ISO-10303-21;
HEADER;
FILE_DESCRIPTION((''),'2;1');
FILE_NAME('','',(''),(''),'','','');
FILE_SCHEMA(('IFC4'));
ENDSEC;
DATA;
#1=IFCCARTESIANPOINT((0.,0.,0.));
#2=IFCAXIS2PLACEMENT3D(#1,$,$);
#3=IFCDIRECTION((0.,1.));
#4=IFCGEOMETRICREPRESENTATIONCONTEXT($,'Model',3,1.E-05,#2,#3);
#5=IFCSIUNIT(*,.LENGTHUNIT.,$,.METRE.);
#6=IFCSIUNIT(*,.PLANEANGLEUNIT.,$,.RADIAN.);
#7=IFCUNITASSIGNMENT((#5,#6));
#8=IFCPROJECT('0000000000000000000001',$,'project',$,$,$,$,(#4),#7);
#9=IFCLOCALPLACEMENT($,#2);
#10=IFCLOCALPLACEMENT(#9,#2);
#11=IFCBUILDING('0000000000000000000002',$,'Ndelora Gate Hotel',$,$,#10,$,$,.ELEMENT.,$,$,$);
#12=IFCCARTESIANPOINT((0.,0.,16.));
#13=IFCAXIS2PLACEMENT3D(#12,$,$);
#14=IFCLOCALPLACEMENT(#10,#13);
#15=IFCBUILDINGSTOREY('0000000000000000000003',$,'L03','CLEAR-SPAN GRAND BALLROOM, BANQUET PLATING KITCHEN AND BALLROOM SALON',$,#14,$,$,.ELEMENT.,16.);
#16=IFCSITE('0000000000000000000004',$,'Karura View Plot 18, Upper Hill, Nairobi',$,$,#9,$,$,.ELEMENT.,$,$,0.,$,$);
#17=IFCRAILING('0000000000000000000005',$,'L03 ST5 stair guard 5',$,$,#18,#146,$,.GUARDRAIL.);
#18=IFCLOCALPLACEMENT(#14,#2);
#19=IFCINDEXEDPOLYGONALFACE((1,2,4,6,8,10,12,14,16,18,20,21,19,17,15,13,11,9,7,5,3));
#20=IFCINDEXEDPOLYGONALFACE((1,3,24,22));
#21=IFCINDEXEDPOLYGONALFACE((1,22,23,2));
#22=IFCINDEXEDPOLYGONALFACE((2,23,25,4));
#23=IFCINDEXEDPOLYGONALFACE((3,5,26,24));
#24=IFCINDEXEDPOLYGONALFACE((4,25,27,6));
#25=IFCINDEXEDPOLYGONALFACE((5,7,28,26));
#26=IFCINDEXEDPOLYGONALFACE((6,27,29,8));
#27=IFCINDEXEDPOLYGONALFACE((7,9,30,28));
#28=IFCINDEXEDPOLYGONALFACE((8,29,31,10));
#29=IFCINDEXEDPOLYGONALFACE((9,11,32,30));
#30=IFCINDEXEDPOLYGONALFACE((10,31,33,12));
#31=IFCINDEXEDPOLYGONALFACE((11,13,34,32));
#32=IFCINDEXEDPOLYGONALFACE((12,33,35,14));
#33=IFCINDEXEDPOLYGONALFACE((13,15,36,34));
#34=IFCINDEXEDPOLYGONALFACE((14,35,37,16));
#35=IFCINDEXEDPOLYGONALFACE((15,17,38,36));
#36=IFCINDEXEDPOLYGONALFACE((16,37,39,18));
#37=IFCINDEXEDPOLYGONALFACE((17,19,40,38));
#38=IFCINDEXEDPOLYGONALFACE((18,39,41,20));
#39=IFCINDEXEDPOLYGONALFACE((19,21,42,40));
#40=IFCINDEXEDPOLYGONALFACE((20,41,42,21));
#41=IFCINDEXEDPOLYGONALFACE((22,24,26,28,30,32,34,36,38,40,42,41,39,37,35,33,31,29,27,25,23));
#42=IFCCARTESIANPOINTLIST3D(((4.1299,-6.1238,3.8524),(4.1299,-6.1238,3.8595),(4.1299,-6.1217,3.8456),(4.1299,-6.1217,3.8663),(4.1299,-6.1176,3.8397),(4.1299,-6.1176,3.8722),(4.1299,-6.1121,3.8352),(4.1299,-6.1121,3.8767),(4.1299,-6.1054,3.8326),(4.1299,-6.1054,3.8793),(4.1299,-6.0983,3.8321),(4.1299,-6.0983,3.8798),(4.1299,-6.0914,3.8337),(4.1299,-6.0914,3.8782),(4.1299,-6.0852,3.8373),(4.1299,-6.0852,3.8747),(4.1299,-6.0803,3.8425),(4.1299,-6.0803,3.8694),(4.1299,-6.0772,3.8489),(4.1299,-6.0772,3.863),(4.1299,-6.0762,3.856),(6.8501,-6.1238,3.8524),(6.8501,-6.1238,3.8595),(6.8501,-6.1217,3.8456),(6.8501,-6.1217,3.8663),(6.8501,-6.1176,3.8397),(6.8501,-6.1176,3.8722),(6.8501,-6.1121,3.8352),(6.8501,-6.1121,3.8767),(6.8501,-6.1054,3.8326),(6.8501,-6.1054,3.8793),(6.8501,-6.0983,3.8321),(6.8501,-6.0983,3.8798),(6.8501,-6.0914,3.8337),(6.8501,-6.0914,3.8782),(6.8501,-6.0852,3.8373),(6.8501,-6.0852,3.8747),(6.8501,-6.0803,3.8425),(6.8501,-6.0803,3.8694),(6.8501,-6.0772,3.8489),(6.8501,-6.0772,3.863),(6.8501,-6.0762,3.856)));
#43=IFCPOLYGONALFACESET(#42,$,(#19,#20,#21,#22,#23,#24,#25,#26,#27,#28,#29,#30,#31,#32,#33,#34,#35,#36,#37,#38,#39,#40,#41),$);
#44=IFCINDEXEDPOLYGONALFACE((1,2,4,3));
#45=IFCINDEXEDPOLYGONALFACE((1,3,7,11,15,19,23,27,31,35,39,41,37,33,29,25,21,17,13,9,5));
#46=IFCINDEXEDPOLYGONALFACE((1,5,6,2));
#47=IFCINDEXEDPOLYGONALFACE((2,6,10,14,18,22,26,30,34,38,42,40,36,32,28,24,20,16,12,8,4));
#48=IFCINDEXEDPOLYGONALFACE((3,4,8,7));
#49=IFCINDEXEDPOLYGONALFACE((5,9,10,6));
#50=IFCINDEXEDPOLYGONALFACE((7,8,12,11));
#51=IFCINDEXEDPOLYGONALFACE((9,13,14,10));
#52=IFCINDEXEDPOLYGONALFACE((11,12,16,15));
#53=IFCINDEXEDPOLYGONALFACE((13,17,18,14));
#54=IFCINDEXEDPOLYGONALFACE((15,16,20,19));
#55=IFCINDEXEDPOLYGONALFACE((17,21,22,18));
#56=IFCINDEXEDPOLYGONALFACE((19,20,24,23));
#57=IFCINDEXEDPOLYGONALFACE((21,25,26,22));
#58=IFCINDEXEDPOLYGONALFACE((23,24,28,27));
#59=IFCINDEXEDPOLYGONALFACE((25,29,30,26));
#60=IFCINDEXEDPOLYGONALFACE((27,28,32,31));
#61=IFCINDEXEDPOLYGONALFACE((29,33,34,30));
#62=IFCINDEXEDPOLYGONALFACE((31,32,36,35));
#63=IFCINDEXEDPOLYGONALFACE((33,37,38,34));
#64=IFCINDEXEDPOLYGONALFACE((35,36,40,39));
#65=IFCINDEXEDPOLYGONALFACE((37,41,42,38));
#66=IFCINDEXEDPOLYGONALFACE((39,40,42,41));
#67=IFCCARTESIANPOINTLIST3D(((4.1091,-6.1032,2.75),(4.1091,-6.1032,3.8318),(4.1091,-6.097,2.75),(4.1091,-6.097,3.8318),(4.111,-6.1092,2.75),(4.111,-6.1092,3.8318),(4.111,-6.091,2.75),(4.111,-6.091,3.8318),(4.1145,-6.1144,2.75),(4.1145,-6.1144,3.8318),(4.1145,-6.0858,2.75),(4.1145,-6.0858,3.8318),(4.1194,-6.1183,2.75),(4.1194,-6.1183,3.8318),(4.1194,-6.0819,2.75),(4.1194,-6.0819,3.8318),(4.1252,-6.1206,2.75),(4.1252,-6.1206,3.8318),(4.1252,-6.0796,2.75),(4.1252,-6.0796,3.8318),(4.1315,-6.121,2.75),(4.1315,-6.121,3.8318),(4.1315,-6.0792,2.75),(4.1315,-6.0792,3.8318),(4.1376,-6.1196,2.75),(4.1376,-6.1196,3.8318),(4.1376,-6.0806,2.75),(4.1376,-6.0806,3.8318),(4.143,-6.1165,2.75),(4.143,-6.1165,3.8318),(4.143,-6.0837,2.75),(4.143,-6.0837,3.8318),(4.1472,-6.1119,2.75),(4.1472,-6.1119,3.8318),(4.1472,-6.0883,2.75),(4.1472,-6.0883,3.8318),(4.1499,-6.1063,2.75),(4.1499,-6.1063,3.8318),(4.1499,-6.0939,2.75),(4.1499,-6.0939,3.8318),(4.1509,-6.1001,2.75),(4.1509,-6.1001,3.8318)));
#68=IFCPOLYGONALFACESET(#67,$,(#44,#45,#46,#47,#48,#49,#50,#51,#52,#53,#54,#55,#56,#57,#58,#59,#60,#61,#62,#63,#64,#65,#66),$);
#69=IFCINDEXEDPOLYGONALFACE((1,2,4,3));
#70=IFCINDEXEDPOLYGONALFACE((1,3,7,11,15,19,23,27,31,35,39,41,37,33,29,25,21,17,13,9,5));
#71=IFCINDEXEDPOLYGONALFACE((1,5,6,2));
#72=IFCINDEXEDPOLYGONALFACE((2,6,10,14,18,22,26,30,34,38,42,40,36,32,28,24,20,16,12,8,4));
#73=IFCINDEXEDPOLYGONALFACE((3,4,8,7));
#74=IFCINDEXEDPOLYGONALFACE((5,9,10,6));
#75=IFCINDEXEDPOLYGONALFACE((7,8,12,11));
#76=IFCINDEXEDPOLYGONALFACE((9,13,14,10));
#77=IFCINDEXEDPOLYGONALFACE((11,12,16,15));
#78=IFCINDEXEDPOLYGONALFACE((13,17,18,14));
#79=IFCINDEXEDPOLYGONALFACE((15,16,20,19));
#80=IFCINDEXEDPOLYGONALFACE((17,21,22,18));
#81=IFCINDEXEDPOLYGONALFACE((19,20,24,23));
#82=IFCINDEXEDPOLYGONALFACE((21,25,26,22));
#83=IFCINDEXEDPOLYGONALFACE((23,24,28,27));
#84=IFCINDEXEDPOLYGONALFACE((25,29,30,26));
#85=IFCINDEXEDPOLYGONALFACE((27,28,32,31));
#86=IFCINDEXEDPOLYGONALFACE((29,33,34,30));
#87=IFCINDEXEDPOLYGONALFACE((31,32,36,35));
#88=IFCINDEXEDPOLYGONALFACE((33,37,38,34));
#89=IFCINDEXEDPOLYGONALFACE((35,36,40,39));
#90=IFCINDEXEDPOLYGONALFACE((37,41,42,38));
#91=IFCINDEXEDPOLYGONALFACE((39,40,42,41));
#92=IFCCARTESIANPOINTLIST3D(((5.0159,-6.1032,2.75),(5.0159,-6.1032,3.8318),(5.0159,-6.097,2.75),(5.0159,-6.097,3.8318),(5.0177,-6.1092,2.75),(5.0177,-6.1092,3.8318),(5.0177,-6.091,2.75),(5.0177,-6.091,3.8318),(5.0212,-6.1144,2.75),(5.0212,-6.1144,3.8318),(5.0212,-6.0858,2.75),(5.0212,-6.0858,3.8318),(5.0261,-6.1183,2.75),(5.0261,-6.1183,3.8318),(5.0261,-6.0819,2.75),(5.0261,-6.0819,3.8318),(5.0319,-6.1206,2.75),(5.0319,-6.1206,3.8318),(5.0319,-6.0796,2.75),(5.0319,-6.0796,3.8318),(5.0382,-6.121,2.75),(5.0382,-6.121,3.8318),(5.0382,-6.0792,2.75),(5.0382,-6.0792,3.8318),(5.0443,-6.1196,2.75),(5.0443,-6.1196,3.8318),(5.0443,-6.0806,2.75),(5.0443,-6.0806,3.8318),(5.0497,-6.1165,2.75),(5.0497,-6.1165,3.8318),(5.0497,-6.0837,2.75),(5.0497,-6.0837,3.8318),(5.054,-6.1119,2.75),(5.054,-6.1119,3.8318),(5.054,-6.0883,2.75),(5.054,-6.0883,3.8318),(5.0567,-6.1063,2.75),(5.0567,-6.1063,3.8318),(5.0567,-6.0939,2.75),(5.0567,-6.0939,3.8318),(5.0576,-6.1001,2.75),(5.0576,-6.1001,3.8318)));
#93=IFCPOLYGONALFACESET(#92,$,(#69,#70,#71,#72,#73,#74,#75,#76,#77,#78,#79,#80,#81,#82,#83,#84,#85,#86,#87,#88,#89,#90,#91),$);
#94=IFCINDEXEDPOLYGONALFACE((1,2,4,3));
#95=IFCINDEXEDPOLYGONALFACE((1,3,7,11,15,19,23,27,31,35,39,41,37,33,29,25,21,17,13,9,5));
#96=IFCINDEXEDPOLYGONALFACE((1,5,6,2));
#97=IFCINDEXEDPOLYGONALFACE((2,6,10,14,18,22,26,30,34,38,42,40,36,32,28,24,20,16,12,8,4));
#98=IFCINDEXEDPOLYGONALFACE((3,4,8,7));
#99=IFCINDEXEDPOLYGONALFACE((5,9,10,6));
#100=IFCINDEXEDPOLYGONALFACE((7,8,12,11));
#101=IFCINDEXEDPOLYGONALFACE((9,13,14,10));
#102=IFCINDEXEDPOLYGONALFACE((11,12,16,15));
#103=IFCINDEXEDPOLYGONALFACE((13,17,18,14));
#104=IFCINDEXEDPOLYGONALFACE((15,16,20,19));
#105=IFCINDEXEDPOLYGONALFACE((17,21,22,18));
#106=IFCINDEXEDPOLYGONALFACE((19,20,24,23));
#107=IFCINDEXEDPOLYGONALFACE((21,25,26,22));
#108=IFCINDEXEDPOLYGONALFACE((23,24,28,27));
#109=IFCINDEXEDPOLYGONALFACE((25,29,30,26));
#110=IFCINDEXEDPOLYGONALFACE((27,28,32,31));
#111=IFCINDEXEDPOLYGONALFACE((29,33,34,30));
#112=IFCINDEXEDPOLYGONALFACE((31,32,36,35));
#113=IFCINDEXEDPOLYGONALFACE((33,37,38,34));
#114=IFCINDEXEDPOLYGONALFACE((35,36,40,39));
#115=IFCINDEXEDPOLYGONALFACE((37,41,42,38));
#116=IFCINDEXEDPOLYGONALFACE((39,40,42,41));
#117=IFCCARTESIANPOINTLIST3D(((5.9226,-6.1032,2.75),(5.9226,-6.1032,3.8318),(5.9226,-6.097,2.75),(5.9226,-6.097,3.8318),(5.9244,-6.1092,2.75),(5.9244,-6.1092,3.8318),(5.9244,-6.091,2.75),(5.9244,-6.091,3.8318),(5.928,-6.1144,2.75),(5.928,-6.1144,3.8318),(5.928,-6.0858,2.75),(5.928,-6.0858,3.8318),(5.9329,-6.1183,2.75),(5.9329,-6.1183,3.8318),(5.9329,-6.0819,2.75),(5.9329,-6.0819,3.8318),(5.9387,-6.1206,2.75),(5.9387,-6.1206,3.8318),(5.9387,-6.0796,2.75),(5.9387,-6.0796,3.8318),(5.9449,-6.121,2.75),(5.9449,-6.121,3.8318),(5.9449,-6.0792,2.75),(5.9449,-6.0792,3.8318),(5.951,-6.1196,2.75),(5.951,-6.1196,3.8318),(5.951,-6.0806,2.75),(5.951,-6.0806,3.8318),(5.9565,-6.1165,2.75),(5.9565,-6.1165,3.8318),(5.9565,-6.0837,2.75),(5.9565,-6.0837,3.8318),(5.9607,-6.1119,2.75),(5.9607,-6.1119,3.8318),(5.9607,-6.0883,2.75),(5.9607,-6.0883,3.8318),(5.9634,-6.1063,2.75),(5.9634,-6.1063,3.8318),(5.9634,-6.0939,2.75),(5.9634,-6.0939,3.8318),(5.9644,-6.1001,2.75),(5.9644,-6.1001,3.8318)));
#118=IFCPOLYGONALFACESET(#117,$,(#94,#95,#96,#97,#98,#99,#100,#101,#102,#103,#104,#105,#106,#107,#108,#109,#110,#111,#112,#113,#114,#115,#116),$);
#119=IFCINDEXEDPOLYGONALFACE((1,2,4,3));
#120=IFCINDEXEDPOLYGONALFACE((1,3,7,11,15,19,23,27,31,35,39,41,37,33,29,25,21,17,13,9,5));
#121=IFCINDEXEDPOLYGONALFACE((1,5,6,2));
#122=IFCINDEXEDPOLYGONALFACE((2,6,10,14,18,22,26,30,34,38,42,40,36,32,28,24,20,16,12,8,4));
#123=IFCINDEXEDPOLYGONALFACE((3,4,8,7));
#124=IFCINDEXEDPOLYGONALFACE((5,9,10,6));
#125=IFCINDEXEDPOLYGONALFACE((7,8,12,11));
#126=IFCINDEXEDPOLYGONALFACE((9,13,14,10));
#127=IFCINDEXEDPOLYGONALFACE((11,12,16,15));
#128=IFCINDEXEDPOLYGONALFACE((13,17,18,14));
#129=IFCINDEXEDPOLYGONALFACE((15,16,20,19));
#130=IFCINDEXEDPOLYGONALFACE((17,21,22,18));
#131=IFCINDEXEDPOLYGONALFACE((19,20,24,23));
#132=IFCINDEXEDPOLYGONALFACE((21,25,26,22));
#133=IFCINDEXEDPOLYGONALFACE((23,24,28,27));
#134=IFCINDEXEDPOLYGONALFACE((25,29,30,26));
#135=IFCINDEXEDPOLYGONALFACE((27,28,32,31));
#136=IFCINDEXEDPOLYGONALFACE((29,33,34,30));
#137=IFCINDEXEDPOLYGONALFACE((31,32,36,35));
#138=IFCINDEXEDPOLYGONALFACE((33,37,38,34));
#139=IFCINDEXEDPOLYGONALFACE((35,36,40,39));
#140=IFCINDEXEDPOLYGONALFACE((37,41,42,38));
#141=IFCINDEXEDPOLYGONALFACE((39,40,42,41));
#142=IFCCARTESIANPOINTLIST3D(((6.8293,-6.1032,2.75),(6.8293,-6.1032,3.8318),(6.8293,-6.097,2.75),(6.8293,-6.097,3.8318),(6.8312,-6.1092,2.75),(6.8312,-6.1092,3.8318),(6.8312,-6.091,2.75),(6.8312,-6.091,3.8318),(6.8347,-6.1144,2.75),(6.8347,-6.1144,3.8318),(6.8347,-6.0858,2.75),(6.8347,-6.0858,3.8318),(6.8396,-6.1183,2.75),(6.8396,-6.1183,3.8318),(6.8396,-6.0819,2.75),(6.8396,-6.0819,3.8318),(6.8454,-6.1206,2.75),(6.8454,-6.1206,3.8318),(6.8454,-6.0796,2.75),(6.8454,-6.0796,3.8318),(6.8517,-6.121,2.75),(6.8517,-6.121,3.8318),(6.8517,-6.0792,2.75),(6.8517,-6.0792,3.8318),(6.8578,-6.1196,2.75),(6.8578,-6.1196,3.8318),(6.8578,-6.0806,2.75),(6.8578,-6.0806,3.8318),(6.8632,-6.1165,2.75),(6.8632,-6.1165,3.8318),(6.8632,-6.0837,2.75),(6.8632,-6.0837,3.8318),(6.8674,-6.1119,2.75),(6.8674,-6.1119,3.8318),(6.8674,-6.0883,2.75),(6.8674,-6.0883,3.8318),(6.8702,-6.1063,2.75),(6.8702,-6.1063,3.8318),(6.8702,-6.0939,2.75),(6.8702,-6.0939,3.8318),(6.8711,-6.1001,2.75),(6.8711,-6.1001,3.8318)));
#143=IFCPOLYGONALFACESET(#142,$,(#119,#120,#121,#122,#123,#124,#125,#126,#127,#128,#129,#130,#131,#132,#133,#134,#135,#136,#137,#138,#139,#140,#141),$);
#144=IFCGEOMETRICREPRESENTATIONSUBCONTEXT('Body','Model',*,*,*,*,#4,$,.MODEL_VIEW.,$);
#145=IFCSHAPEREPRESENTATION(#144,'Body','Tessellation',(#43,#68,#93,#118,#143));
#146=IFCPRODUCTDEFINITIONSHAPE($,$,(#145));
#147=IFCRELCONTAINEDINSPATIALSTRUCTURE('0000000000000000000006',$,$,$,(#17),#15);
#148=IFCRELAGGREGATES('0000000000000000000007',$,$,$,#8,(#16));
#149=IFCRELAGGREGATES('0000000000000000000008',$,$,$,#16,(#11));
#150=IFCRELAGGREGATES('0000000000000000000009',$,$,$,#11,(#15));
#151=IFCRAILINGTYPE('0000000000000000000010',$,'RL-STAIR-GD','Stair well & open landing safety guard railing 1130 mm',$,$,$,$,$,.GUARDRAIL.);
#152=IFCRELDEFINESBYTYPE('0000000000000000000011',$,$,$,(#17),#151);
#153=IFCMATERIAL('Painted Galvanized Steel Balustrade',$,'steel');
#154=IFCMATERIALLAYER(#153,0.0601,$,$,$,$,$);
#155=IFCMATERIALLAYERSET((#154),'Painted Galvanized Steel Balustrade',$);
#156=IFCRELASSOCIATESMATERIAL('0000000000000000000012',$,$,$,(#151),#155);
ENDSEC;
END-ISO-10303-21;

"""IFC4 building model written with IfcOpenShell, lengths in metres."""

from ifc_helpers import new_model, si_unit, direction, frame, origin, origin_2d, place, context, subcontext, project, spatial, circle, extrude, material, layer, layer_set, type_object, element, save


model = new_model("IFC4")

# Units and contexts
model_context = context("Model", 3, precision=1e-05, world=origin(), true_north=direction((0.0, 1.0)))
body_context = subcontext(model_context, "Body", "Model", "MODEL_VIEW")
ifc_project = project(units=[si_unit("LENGTHUNIT", "METRE"), si_unit("PLANEANGLEUNIT", "RADIAN")], contexts=[model_context])

# Site, building, storey
site_placement = place(None, origin())
site = spatial("IfcSite", under=ifc_project, at=site_placement, Name="Karura View Plot 18, Upper Hill, Nairobi", CompositionType="ELEMENT", RefElevation=0.0)
building_placement = place(site_placement, origin())
building = spatial("IfcBuilding", under=site, at=building_placement, Name="Ndelora Gate Hotel", CompositionType="ELEMENT")
storey_placement = place(building_placement, frame((0.0, 0.0, 16.0)))
storey = spatial("IfcBuildingStorey", under=building, at=storey_placement, Name="L03", Description="CLEAR-SPAN GRAND BALLROOM, BANQUET PLATING KITCHEN AND BALLROOM SALON", CompositionType="ELEMENT", Elevation=16.0)

# Railing
ifc_material_1 = material(Name="Painted Galvanized Steel Balustrade", Category="steel")
ifc_layer_1 = layer(ifc_material_1, 0.0601)
ifc_layer_set_1 = layer_set([ifc_layer_1], Name="Painted Galvanized Steel Balustrade")
railing_type_1 = type_object("IfcRailingType", Name="RL-STAIR-GD", Description="Stair well & open landing safety guard railing 1130 mm", PredefinedType="GUARDRAIL", material=ifc_layer_set_1)
railing_1_placement = place(storey_placement, frame((4.1299, -6.1001, 2.75)))
element("IfcRailing", 1, at=railing_1_placement, inside=storey, type_object=railing_type_1, Name="L03 ST5 stair guard 5", PredefinedType="GUARDRAIL", context=body_context, shape_type="SweptSolid", body=[
    extrude(circle(Radius=0.0239, at=origin_2d()), frame((0.0, 0.0, 1.106), z_axis=(1.0, 0.0, 0.0), x_axis=(0.0, 1.0, 0.0)), (0.0, 0.0, 1.0), 2.7202),
    extrude(circle(Radius=0.021, at=origin_2d()), origin(), (0.0, 0.0, 1.0), 1.0818),
    extrude(circle(Radius=0.021, at=origin_2d()), frame((0.9067, 0.0, 0.0)), (0.0, 0.0, 1.0), 1.0818),
    extrude(circle(Radius=0.021, at=origin_2d()), frame((1.8135, 0.0, 0.0)), (0.0, 0.0, 1.0), 1.0818),
    extrude(circle(Radius=0.021, at=origin_2d()), frame((2.7202, 0.0, 0.0)), (0.0, 0.0, 1.0), 1.0818),
])

save(model, "model.ifc")
